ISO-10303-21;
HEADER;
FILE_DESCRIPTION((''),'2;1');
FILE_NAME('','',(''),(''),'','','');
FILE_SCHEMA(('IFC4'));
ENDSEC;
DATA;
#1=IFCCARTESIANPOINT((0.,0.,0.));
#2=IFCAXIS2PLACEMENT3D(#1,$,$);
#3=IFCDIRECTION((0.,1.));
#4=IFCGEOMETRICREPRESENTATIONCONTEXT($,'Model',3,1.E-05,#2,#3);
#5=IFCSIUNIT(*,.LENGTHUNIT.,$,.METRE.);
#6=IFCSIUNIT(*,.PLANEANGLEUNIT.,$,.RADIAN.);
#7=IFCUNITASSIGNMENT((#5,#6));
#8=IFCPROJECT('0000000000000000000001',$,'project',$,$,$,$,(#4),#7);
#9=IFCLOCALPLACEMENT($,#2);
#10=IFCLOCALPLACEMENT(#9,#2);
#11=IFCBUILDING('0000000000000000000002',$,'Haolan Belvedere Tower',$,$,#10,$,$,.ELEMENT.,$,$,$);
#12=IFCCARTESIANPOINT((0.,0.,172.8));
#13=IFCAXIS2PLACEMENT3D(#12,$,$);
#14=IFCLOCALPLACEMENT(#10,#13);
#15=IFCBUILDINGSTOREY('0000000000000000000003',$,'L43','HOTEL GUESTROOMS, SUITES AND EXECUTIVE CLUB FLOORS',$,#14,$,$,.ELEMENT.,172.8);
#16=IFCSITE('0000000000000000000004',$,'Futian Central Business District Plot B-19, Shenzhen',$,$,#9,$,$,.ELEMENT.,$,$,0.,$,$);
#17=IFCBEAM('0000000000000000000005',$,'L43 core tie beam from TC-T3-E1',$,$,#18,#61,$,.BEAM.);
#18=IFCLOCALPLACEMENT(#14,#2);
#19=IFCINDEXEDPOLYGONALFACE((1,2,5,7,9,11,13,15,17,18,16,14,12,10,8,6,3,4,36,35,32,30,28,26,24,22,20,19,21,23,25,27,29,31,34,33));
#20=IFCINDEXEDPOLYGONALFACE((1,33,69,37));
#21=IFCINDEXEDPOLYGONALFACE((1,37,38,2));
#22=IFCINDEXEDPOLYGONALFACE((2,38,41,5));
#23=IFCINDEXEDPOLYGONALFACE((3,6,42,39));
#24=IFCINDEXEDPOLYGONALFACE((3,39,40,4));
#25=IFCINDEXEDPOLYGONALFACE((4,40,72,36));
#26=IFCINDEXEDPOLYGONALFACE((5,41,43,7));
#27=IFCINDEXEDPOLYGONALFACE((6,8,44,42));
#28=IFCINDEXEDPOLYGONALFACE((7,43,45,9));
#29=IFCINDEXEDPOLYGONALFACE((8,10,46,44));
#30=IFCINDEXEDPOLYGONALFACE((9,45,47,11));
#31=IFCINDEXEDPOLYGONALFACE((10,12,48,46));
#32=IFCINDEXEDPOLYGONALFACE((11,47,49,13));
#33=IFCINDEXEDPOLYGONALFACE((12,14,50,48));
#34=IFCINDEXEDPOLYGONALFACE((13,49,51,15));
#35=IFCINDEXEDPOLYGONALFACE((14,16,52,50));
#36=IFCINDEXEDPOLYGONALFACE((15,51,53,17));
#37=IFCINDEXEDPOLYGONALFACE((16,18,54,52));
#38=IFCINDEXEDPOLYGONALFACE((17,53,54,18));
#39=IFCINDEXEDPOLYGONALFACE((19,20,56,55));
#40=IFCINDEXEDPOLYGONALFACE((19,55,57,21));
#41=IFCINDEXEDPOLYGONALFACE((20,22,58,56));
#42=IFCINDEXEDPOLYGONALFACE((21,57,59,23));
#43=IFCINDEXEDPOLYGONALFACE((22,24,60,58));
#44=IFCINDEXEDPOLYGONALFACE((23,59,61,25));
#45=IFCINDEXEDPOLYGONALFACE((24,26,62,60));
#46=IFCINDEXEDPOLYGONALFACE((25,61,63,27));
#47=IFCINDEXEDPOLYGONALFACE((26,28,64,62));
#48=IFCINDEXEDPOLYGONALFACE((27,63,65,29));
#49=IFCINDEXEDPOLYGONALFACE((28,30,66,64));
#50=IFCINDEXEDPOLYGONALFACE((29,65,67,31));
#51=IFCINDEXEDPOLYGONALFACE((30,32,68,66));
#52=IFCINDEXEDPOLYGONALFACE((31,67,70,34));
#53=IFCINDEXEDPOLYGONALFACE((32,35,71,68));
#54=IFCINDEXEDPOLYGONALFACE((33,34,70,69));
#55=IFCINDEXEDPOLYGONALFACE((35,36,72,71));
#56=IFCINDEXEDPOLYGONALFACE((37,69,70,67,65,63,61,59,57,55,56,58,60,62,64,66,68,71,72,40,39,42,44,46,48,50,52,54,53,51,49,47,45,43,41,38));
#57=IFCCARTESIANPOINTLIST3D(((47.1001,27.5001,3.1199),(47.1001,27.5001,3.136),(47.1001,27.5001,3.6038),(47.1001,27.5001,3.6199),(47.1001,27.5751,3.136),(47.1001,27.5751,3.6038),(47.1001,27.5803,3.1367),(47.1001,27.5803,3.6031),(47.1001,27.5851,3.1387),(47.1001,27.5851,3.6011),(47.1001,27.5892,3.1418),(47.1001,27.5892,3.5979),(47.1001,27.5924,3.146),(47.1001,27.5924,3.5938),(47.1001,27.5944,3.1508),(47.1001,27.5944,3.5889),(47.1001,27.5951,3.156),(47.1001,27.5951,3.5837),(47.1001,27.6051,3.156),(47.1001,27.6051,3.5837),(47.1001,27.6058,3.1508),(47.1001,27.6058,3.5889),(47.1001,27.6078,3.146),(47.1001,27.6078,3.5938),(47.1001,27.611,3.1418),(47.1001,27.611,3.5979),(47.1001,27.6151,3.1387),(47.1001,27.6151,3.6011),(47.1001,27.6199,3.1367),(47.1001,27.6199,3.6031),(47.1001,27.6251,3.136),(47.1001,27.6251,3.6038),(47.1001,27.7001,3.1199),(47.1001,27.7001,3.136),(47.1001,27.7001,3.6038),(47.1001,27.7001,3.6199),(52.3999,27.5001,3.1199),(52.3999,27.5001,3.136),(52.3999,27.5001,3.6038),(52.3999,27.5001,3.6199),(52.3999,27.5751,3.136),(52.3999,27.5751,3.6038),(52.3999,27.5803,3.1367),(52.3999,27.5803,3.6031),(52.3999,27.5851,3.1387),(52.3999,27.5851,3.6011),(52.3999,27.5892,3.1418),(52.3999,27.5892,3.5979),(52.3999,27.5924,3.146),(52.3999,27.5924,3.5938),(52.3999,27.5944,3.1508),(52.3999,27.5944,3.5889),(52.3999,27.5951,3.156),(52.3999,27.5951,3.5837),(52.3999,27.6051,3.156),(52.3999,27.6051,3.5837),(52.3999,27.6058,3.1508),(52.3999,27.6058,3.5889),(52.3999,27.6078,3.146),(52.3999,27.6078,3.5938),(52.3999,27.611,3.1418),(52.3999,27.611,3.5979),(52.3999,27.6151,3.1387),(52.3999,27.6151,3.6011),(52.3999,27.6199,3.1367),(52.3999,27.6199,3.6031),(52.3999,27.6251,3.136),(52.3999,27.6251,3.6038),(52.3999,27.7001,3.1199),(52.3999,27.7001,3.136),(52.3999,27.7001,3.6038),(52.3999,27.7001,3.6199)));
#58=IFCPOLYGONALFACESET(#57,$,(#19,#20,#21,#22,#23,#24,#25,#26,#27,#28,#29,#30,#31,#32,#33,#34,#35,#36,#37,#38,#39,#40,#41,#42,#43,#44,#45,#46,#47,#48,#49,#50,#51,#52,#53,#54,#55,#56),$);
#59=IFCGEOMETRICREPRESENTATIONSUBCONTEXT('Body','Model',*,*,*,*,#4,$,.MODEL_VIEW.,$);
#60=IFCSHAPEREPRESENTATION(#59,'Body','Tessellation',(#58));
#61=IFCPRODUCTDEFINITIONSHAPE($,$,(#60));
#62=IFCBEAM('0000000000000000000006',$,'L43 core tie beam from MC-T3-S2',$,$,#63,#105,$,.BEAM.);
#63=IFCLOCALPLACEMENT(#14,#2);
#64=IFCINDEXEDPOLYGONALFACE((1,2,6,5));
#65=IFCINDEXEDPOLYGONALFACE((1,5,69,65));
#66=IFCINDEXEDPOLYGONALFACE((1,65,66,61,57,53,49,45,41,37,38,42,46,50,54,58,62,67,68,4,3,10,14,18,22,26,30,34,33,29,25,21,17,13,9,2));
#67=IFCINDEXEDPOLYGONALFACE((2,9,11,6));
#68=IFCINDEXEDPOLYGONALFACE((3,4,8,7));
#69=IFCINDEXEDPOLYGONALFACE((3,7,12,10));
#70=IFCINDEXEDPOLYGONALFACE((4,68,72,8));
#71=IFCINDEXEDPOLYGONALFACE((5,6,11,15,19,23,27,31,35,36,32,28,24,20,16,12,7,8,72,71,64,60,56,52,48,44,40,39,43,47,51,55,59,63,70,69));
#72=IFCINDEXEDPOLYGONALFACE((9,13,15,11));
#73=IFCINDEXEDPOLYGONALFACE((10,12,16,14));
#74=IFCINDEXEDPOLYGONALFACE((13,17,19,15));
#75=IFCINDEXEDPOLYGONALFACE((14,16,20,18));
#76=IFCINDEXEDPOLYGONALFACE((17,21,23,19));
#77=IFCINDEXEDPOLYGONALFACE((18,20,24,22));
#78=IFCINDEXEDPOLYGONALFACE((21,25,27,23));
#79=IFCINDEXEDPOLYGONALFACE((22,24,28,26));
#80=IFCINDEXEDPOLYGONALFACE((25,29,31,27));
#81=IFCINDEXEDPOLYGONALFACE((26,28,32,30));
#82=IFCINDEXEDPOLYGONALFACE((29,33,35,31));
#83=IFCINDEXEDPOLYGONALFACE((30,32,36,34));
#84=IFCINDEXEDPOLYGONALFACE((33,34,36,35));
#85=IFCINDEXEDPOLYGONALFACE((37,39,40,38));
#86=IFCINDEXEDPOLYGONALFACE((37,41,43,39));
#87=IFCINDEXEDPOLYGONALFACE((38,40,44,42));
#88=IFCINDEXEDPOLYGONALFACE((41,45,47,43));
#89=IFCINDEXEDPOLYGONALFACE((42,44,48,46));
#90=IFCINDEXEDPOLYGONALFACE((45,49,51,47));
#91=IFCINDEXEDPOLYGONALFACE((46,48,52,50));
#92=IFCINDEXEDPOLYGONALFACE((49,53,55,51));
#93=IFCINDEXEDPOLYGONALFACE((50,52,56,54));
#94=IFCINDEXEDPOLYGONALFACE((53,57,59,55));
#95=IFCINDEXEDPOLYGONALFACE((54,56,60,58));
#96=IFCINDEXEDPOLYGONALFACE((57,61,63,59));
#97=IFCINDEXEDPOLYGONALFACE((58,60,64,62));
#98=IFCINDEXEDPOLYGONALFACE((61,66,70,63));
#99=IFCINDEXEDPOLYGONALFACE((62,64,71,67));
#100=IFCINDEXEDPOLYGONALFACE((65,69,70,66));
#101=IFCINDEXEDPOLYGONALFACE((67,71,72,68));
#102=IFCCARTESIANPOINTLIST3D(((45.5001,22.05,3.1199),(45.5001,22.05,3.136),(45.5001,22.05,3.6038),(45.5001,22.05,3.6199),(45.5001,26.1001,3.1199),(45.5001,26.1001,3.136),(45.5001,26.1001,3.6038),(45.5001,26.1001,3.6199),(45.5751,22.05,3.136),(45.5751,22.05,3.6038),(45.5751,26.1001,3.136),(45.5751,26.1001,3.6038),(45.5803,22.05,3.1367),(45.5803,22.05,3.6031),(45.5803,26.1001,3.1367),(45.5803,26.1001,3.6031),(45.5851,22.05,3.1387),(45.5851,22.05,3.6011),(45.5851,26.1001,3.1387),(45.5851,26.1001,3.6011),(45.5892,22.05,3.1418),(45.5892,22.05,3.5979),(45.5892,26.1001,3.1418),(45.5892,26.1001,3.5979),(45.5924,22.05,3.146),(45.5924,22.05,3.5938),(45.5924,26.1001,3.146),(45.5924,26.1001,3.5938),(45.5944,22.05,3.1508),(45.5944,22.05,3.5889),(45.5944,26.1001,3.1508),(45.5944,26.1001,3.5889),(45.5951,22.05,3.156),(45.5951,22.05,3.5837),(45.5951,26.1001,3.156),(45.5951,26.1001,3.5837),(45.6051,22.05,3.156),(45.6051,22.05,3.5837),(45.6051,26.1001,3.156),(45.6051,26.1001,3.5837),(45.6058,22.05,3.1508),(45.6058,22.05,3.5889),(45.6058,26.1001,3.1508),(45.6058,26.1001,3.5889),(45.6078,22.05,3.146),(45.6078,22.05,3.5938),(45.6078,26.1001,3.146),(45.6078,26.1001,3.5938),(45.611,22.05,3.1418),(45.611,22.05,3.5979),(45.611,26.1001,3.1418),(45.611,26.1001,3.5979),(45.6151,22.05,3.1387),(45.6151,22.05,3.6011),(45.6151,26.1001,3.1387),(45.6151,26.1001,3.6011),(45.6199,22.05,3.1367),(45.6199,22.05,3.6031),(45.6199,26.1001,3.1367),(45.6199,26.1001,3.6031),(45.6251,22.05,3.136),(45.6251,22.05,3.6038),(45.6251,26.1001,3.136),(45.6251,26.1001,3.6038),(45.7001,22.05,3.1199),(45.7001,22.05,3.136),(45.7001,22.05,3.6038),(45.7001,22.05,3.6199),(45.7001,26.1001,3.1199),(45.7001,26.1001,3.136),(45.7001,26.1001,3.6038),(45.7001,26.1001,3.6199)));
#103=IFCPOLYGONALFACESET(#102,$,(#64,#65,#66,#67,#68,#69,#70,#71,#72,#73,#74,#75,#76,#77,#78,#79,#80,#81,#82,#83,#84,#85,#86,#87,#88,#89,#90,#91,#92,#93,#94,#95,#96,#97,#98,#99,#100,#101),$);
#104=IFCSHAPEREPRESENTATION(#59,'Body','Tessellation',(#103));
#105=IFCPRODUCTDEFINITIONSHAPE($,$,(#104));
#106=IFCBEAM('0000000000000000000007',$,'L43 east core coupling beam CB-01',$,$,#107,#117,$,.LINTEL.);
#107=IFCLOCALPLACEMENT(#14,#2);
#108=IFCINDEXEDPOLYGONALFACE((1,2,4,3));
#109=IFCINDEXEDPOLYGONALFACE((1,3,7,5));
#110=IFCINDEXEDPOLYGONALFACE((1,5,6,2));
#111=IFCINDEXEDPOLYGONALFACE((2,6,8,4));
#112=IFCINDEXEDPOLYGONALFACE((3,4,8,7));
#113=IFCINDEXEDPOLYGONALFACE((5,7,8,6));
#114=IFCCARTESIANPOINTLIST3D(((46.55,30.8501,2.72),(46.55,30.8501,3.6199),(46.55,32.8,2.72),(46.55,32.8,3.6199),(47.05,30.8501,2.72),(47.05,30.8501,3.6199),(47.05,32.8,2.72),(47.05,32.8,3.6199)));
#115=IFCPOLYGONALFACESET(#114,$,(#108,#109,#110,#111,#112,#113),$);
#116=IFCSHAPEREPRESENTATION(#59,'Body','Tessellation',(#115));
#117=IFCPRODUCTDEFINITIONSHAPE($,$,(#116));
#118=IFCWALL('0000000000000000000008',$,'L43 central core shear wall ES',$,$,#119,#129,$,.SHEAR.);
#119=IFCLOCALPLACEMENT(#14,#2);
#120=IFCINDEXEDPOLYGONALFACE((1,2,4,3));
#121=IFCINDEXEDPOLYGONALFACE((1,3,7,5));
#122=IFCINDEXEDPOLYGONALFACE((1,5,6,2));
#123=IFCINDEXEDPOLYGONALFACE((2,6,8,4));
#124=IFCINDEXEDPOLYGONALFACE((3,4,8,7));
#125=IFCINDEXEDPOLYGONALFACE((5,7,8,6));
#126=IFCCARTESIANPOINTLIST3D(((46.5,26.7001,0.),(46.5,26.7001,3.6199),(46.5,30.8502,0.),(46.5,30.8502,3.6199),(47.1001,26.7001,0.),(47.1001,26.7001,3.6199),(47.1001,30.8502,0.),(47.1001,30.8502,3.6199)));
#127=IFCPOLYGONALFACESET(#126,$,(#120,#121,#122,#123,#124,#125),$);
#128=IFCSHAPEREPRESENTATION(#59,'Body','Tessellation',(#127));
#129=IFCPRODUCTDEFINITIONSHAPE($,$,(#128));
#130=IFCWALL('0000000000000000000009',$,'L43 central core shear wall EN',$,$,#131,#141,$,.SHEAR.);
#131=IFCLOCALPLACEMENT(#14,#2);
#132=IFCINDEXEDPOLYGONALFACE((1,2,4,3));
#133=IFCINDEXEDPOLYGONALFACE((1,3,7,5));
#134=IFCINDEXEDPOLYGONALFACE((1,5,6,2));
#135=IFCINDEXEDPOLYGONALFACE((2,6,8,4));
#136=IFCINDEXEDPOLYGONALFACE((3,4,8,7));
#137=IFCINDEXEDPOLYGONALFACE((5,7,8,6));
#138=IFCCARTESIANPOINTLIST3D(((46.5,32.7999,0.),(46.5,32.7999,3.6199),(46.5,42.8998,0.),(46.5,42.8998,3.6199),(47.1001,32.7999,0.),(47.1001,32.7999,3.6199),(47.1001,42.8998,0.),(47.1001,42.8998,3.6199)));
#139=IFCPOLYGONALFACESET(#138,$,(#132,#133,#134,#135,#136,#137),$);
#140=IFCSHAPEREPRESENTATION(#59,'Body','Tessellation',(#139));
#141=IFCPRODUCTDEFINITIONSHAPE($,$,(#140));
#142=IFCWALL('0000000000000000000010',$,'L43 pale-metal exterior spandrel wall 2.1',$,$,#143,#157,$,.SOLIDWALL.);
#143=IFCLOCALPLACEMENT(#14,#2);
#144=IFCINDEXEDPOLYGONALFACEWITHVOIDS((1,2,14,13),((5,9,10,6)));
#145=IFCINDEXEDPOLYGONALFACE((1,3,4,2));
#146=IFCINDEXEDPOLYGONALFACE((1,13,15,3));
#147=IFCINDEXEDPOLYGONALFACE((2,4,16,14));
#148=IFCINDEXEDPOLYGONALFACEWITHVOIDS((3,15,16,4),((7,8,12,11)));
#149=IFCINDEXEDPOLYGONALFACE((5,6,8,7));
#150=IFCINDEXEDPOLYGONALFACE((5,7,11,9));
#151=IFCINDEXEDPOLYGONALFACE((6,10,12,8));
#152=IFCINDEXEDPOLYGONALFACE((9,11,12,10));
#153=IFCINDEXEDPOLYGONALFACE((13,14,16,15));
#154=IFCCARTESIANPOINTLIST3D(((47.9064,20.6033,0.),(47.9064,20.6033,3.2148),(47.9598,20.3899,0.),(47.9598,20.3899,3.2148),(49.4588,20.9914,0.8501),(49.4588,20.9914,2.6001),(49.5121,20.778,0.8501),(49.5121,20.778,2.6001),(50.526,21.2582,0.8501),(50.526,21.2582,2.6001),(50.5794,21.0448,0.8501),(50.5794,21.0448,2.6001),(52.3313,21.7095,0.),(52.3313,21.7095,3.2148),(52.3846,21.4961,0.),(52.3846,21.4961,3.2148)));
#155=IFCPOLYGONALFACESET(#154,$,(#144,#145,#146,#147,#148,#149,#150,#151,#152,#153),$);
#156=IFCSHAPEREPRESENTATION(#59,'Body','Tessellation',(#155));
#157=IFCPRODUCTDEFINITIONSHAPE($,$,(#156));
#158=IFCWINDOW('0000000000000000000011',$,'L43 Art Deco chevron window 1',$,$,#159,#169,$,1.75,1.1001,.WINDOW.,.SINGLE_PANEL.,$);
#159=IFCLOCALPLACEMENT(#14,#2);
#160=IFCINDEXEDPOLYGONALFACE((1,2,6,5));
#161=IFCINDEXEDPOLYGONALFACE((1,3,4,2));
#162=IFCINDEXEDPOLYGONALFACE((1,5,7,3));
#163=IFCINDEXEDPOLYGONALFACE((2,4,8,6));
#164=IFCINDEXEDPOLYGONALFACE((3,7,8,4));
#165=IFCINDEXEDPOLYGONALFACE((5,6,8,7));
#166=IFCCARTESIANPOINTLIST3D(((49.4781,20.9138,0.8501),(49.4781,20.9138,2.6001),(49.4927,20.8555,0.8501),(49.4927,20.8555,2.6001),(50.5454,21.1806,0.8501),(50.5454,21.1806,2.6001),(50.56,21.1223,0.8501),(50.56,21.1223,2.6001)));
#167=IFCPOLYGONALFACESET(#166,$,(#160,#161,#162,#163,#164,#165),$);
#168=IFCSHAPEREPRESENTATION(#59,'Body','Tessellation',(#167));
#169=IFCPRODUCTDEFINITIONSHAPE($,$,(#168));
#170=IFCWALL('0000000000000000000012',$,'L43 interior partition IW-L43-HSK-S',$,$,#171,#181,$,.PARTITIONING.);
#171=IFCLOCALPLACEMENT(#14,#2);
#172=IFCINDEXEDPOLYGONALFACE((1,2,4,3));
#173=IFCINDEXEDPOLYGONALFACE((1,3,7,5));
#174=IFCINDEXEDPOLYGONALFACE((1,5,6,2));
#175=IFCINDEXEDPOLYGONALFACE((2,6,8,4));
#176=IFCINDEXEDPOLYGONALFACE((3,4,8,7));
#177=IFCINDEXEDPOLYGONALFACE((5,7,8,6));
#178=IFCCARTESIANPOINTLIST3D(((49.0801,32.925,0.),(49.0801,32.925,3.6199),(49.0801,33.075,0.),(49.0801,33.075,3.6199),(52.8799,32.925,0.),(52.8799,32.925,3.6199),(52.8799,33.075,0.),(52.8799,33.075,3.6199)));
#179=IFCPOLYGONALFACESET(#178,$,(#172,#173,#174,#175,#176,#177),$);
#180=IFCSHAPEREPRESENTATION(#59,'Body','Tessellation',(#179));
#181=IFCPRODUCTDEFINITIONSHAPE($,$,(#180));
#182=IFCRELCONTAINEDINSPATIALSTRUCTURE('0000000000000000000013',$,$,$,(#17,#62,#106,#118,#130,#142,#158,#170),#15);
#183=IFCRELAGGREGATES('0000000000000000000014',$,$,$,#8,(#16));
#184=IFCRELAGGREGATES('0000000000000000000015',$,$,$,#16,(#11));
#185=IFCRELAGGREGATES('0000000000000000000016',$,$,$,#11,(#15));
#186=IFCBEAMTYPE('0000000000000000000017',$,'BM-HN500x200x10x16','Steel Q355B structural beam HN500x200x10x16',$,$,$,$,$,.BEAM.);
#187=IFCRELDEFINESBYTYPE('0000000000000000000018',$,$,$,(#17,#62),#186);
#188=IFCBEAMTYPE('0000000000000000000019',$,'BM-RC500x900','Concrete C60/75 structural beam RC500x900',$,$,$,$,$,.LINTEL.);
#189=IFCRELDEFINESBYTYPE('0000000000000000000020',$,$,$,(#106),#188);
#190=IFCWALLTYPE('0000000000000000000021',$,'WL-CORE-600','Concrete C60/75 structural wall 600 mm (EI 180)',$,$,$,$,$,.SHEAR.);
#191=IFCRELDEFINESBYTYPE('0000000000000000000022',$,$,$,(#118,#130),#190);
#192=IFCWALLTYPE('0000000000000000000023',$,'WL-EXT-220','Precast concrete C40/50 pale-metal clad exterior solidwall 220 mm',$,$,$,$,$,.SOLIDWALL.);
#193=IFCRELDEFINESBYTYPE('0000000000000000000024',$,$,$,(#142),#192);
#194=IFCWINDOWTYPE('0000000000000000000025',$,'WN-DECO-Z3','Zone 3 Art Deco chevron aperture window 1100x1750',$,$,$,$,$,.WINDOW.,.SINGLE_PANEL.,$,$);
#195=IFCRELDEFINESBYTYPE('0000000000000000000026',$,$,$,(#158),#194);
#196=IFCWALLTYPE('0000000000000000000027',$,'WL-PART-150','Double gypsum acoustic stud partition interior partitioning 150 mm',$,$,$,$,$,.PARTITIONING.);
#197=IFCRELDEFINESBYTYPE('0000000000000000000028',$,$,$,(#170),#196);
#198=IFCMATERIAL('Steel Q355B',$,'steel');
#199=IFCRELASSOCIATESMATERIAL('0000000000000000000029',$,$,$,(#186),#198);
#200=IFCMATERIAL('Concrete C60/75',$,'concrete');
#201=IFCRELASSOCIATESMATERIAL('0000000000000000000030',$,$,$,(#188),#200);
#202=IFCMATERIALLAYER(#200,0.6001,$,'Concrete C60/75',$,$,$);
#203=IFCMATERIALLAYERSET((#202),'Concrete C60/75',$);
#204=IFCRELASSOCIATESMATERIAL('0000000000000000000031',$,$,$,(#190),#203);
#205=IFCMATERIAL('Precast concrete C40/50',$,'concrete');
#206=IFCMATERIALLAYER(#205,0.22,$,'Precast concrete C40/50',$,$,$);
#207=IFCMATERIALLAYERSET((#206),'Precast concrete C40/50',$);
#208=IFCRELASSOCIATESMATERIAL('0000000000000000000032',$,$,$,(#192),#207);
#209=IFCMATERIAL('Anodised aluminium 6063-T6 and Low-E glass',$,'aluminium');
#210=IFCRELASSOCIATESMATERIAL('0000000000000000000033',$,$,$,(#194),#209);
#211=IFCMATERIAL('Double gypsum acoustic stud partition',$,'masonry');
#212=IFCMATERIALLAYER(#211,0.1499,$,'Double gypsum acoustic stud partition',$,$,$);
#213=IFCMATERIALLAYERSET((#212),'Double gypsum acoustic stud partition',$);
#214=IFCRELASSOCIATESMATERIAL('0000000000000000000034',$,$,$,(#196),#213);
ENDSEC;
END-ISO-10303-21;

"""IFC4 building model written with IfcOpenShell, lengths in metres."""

from ifc_helpers import new_model, si_unit, direction, frame, frame_2d, origin, origin_2d, place, context, subcontext, project, spatial, rectangle, i_section, extrude, material, layer, layer_set, material_profile, profile_set, type_object, element, fill, save


model = new_model("IFC4")

# Units and contexts
model_context = context("Model", 3, precision=1e-05, world=origin(), true_north=direction((0.0, 1.0)))
body_context = subcontext(model_context, "Body", "Model", "MODEL_VIEW")
ifc_project = project(units=[si_unit("LENGTHUNIT", "METRE"), si_unit("PLANEANGLEUNIT", "RADIAN")], contexts=[model_context])

# Site, building, storey
site_placement = place(None, origin())
site = spatial("IfcSite", under=ifc_project, at=site_placement, Name="Futian Central Business District Plot B-19, Shenzhen", CompositionType="ELEMENT", RefElevation=0.0)
building_placement = place(site_placement, origin())
building = spatial("IfcBuilding", under=site, at=building_placement, Name="Haolan Belvedere Tower", CompositionType="ELEMENT")
storey_placement = place(building_placement, frame((0.0, 0.0, 172.8)))
storey = spatial("IfcBuildingStorey", under=building, at=storey_placement, Name="L43", Description="HOTEL GUESTROOMS, SUITES AND EXECUTIVE CLUB FLOORS", CompositionType="ELEMENT", Elevation=172.8)

# Beams
ifc_material_1 = material(Name="Steel Q355B", Category="steel")
ifc_material_profile_1 = material_profile(ifc_material_1, i_section(OverallWidth=0.2, OverallDepth=0.5, WebThickness=0.01, FlangeThickness=0.0161, FilletRadius=0.02, at=origin_2d()), Name="Steel Q355B")
ifc_profile_set_1 = profile_set([ifc_material_profile_1], Name="Steel Q355B")
beam_type_1 = type_object("IfcBeamType", Name="BM-HN500x200x10x16", Description="Steel Q355B structural beam HN500x200x10x16", PredefinedType="BEAM", material=ifc_profile_set_1)
beam_1_placement = place(storey_placement, frame((52.3999, 27.6001, 3.3699), z_axis=(-1.0, 0.0, 0.0), x_axis=(0.0, -1.0, 0.0)))
element("IfcBeam", 1, at=beam_1_placement, inside=storey, type_object=beam_type_1, Name="L43 core tie beam from TC-T3-E1", PredefinedType="BEAM", context=body_context, shape_type="SweptSolid", body=[
    extrude(i_section(OverallWidth=0.2, OverallDepth=0.5, WebThickness=0.01, FlangeThickness=0.0161, FilletRadius=0.02, at=origin_2d()), origin(), (0.0, 0.0, 1.0), 5.2998),
])
beam_2_placement = place(storey_placement, frame((45.6001, 22.05, 3.3699), z_axis=(0.0, 1.0, 0.0), x_axis=(-1.0, 0.0, 0.0)))
element("IfcBeam", 2, at=beam_2_placement, inside=storey, type_object=beam_type_1, Name="L43 core tie beam from MC-T3-S2", PredefinedType="BEAM", context=body_context, shape_type="SweptSolid", body=[
    extrude(i_section(OverallWidth=0.2, OverallDepth=0.5, WebThickness=0.01, FlangeThickness=0.0161, FilletRadius=0.02, at=origin_2d()), origin(), (0.0, 0.0, 1.0), 4.05),
])
ifc_material_2 = material(Name="Concrete C60/75", Category="concrete")
ifc_material_profile_2 = material_profile(ifc_material_2, rectangle(XDim=0.5, YDim=0.8999, at=origin_2d()), Name="Concrete C60/75")
ifc_profile_set_2 = profile_set([ifc_material_profile_2], Name="Concrete C60/75")
beam_type_2 = type_object("IfcBeamType", Name="BM-RC500x900", Description="Concrete C60/75 structural beam RC500x900", PredefinedType="LINTEL", material=ifc_profile_set_2)
beam_3_placement = place(storey_placement, frame((46.8, 30.8501, 3.1699), z_axis=(0.0, 1.0, 0.0), x_axis=(-1.0, 0.0, 0.0)))
element("IfcBeam", 3, at=beam_3_placement, inside=storey, type_object=beam_type_2, Name="L43 east core coupling beam CB-01", PredefinedType="LINTEL", context=body_context, shape_type="SweptSolid", body=[
    extrude(rectangle(XDim=0.5, YDim=0.8999, at=origin_2d()), origin(), (0.0, 0.0, 1.0), 1.95),
])

# Walls
ifc_layer_1 = layer(ifc_material_2, 0.6001, Name="Concrete C60/75")
ifc_layer_set_1 = layer_set([ifc_layer_1], Name="Concrete C60/75")
wall_type_1 = type_object("IfcWallType", Name="WL-CORE-600", Description="Concrete C60/75 structural wall 600 mm (EI 180)", PredefinedType="SHEAR", material=ifc_layer_set_1)
wall_1_placement = place(storey_placement, frame((46.8, 26.7, 0.0), z_axis=(0.0, 0.0, 1.0), x_axis=(0.0, 1.0, 0.0)))
element("IfcWall", 4, at=wall_1_placement, inside=storey, type_object=wall_type_1, Name="L43 central core shear wall ES", PredefinedType="SHEAR", context=body_context, shape_type="SweptSolid", body=[
    extrude(rectangle(XDim=4.1501, YDim=0.6001, at=frame_2d((2.0752, 0.0))), origin(), (0.0, 0.0, 1.0), 3.6199),
])
wall_2_placement = place(storey_placement, frame((46.8, 32.8, 0.0), z_axis=(0.0, 0.0, 1.0), x_axis=(0.0, 1.0, 0.0)))
element("IfcWall", 5, at=wall_2_placement, inside=storey, type_object=wall_type_1, Name="L43 central core shear wall EN", PredefinedType="SHEAR", context=body_context, shape_type="SweptSolid", body=[
    extrude(rectangle(XDim=10.0999, YDim=0.6001, at=frame_2d((5.0498, 0.0))), origin(), (0.0, 0.0, 1.0), 3.6199),
])

# Wall, opening, window
ifc_material_3 = material(Name="Precast concrete C40/50", Category="concrete")
ifc_layer_2 = layer(ifc_material_3, 0.22, Name="Precast concrete C40/50")
ifc_layer_set_2 = layer_set([ifc_layer_2], Name="Precast concrete C40/50")
wall_type_2 = type_object("IfcWallType", Name="WL-EXT-220", Description="Precast concrete C40/50 pale-metal clad exterior solidwall 220 mm", PredefinedType="SOLIDWALL", material=ifc_layer_set_2)
wall_3_placement = place(storey_placement, frame((47.9331, 20.4966, 0.0), z_axis=(0.0, 0.0, 1.0), x_axis=(0.970143, 0.242536, 0.0)))
wall_3 = element("IfcWall", 6, at=wall_3_placement, inside=storey, type_object=wall_type_2, Name="L43 pale-metal exterior spandrel wall 2.1", PredefinedType="SOLIDWALL", context=body_context, shape_type="SweptSolid", body=[
    extrude(rectangle(XDim=4.561, YDim=0.22, at=frame_2d((2.2805, 0.0))), origin(), (0.0, 0.0, 1.0), 3.2148),
])
opening_1_placement = place(wall_3_placement, frame((1.6001, 0.0, 0.8501)))
opening_1 = element("IfcOpeningElement", 7, at=opening_1_placement, cuts=wall_3, PredefinedType="OPENING", context=body_context, shape_type="SweptSolid", body=[
    extrude(rectangle(XDim=1.1001, YDim=1.75, at=frame_2d((0.55, 0.875))), frame((0.0, 0.1199, 0.0), z_axis=(0.0, -1.0, 0.0), x_axis=(1.0, 0.0, 0.0)), (0.0, 0.0, 1.0), 0.24),
])
ifc_material_4 = material(Name="Anodised aluminium 6063-T6 and Low-E glass", Category="aluminium")
window_type = type_object("IfcWindowType", Name="WN-DECO-Z3", Description="Zone 3 Art Deco chevron aperture window 1100x1750", PartitioningType="SINGLE_PANEL", PredefinedType="WINDOW", material=ifc_material_4)
window_placement = place(opening_1_placement, origin())
window = element("IfcWindow", 8, at=window_placement, inside=storey, type_object=window_type, Name="L43 Art Deco chevron window 1", OverallHeight=1.75, OverallWidth=1.1001, PartitioningType="SINGLE_PANEL", PredefinedType="WINDOW", context=body_context, shape_type="SweptSolid", body=[
    extrude(rectangle(XDim=1.1001, YDim=1.75, at=frame_2d((0.55, 0.875))), frame((0.0, 0.03, 0.0), z_axis=(0.0, -1.0, 0.0), x_axis=(1.0, 0.0, 0.0)), (0.0, 0.0, 1.0), 0.0601),
])
fill(opening_1, window)

# Wall
ifc_material_5 = material(Name="Double gypsum acoustic stud partition", Category="masonry")
ifc_layer_3 = layer(ifc_material_5, 0.1499, Name="Double gypsum acoustic stud partition")
ifc_layer_set_3 = layer_set([ifc_layer_3], Name="Double gypsum acoustic stud partition")
wall_type_3 = type_object("IfcWallType", Name="WL-PART-150", Description="Double gypsum acoustic stud partition interior partitioning 150 mm", PredefinedType="PARTITIONING", material=ifc_layer_set_3)
wall_4_placement = place(storey_placement, frame((49.0801, 33.0, 0.0), z_axis=(0.0, 0.0, 1.0), x_axis=(1.0, 0.0, 0.0)))
element("IfcWall", 9, at=wall_4_placement, inside=storey, type_object=wall_type_3, Name="L43 interior partition IW-L43-HSK-S", PredefinedType="PARTITIONING", context=body_context, shape_type="SweptSolid", body=[
    extrude(rectangle(XDim=3.7998, YDim=0.1499, at=frame_2d((1.8999, 0.0))), origin(), (0.0, 0.0, 1.0), 3.6199),
])

save(model, "model.ifc")
